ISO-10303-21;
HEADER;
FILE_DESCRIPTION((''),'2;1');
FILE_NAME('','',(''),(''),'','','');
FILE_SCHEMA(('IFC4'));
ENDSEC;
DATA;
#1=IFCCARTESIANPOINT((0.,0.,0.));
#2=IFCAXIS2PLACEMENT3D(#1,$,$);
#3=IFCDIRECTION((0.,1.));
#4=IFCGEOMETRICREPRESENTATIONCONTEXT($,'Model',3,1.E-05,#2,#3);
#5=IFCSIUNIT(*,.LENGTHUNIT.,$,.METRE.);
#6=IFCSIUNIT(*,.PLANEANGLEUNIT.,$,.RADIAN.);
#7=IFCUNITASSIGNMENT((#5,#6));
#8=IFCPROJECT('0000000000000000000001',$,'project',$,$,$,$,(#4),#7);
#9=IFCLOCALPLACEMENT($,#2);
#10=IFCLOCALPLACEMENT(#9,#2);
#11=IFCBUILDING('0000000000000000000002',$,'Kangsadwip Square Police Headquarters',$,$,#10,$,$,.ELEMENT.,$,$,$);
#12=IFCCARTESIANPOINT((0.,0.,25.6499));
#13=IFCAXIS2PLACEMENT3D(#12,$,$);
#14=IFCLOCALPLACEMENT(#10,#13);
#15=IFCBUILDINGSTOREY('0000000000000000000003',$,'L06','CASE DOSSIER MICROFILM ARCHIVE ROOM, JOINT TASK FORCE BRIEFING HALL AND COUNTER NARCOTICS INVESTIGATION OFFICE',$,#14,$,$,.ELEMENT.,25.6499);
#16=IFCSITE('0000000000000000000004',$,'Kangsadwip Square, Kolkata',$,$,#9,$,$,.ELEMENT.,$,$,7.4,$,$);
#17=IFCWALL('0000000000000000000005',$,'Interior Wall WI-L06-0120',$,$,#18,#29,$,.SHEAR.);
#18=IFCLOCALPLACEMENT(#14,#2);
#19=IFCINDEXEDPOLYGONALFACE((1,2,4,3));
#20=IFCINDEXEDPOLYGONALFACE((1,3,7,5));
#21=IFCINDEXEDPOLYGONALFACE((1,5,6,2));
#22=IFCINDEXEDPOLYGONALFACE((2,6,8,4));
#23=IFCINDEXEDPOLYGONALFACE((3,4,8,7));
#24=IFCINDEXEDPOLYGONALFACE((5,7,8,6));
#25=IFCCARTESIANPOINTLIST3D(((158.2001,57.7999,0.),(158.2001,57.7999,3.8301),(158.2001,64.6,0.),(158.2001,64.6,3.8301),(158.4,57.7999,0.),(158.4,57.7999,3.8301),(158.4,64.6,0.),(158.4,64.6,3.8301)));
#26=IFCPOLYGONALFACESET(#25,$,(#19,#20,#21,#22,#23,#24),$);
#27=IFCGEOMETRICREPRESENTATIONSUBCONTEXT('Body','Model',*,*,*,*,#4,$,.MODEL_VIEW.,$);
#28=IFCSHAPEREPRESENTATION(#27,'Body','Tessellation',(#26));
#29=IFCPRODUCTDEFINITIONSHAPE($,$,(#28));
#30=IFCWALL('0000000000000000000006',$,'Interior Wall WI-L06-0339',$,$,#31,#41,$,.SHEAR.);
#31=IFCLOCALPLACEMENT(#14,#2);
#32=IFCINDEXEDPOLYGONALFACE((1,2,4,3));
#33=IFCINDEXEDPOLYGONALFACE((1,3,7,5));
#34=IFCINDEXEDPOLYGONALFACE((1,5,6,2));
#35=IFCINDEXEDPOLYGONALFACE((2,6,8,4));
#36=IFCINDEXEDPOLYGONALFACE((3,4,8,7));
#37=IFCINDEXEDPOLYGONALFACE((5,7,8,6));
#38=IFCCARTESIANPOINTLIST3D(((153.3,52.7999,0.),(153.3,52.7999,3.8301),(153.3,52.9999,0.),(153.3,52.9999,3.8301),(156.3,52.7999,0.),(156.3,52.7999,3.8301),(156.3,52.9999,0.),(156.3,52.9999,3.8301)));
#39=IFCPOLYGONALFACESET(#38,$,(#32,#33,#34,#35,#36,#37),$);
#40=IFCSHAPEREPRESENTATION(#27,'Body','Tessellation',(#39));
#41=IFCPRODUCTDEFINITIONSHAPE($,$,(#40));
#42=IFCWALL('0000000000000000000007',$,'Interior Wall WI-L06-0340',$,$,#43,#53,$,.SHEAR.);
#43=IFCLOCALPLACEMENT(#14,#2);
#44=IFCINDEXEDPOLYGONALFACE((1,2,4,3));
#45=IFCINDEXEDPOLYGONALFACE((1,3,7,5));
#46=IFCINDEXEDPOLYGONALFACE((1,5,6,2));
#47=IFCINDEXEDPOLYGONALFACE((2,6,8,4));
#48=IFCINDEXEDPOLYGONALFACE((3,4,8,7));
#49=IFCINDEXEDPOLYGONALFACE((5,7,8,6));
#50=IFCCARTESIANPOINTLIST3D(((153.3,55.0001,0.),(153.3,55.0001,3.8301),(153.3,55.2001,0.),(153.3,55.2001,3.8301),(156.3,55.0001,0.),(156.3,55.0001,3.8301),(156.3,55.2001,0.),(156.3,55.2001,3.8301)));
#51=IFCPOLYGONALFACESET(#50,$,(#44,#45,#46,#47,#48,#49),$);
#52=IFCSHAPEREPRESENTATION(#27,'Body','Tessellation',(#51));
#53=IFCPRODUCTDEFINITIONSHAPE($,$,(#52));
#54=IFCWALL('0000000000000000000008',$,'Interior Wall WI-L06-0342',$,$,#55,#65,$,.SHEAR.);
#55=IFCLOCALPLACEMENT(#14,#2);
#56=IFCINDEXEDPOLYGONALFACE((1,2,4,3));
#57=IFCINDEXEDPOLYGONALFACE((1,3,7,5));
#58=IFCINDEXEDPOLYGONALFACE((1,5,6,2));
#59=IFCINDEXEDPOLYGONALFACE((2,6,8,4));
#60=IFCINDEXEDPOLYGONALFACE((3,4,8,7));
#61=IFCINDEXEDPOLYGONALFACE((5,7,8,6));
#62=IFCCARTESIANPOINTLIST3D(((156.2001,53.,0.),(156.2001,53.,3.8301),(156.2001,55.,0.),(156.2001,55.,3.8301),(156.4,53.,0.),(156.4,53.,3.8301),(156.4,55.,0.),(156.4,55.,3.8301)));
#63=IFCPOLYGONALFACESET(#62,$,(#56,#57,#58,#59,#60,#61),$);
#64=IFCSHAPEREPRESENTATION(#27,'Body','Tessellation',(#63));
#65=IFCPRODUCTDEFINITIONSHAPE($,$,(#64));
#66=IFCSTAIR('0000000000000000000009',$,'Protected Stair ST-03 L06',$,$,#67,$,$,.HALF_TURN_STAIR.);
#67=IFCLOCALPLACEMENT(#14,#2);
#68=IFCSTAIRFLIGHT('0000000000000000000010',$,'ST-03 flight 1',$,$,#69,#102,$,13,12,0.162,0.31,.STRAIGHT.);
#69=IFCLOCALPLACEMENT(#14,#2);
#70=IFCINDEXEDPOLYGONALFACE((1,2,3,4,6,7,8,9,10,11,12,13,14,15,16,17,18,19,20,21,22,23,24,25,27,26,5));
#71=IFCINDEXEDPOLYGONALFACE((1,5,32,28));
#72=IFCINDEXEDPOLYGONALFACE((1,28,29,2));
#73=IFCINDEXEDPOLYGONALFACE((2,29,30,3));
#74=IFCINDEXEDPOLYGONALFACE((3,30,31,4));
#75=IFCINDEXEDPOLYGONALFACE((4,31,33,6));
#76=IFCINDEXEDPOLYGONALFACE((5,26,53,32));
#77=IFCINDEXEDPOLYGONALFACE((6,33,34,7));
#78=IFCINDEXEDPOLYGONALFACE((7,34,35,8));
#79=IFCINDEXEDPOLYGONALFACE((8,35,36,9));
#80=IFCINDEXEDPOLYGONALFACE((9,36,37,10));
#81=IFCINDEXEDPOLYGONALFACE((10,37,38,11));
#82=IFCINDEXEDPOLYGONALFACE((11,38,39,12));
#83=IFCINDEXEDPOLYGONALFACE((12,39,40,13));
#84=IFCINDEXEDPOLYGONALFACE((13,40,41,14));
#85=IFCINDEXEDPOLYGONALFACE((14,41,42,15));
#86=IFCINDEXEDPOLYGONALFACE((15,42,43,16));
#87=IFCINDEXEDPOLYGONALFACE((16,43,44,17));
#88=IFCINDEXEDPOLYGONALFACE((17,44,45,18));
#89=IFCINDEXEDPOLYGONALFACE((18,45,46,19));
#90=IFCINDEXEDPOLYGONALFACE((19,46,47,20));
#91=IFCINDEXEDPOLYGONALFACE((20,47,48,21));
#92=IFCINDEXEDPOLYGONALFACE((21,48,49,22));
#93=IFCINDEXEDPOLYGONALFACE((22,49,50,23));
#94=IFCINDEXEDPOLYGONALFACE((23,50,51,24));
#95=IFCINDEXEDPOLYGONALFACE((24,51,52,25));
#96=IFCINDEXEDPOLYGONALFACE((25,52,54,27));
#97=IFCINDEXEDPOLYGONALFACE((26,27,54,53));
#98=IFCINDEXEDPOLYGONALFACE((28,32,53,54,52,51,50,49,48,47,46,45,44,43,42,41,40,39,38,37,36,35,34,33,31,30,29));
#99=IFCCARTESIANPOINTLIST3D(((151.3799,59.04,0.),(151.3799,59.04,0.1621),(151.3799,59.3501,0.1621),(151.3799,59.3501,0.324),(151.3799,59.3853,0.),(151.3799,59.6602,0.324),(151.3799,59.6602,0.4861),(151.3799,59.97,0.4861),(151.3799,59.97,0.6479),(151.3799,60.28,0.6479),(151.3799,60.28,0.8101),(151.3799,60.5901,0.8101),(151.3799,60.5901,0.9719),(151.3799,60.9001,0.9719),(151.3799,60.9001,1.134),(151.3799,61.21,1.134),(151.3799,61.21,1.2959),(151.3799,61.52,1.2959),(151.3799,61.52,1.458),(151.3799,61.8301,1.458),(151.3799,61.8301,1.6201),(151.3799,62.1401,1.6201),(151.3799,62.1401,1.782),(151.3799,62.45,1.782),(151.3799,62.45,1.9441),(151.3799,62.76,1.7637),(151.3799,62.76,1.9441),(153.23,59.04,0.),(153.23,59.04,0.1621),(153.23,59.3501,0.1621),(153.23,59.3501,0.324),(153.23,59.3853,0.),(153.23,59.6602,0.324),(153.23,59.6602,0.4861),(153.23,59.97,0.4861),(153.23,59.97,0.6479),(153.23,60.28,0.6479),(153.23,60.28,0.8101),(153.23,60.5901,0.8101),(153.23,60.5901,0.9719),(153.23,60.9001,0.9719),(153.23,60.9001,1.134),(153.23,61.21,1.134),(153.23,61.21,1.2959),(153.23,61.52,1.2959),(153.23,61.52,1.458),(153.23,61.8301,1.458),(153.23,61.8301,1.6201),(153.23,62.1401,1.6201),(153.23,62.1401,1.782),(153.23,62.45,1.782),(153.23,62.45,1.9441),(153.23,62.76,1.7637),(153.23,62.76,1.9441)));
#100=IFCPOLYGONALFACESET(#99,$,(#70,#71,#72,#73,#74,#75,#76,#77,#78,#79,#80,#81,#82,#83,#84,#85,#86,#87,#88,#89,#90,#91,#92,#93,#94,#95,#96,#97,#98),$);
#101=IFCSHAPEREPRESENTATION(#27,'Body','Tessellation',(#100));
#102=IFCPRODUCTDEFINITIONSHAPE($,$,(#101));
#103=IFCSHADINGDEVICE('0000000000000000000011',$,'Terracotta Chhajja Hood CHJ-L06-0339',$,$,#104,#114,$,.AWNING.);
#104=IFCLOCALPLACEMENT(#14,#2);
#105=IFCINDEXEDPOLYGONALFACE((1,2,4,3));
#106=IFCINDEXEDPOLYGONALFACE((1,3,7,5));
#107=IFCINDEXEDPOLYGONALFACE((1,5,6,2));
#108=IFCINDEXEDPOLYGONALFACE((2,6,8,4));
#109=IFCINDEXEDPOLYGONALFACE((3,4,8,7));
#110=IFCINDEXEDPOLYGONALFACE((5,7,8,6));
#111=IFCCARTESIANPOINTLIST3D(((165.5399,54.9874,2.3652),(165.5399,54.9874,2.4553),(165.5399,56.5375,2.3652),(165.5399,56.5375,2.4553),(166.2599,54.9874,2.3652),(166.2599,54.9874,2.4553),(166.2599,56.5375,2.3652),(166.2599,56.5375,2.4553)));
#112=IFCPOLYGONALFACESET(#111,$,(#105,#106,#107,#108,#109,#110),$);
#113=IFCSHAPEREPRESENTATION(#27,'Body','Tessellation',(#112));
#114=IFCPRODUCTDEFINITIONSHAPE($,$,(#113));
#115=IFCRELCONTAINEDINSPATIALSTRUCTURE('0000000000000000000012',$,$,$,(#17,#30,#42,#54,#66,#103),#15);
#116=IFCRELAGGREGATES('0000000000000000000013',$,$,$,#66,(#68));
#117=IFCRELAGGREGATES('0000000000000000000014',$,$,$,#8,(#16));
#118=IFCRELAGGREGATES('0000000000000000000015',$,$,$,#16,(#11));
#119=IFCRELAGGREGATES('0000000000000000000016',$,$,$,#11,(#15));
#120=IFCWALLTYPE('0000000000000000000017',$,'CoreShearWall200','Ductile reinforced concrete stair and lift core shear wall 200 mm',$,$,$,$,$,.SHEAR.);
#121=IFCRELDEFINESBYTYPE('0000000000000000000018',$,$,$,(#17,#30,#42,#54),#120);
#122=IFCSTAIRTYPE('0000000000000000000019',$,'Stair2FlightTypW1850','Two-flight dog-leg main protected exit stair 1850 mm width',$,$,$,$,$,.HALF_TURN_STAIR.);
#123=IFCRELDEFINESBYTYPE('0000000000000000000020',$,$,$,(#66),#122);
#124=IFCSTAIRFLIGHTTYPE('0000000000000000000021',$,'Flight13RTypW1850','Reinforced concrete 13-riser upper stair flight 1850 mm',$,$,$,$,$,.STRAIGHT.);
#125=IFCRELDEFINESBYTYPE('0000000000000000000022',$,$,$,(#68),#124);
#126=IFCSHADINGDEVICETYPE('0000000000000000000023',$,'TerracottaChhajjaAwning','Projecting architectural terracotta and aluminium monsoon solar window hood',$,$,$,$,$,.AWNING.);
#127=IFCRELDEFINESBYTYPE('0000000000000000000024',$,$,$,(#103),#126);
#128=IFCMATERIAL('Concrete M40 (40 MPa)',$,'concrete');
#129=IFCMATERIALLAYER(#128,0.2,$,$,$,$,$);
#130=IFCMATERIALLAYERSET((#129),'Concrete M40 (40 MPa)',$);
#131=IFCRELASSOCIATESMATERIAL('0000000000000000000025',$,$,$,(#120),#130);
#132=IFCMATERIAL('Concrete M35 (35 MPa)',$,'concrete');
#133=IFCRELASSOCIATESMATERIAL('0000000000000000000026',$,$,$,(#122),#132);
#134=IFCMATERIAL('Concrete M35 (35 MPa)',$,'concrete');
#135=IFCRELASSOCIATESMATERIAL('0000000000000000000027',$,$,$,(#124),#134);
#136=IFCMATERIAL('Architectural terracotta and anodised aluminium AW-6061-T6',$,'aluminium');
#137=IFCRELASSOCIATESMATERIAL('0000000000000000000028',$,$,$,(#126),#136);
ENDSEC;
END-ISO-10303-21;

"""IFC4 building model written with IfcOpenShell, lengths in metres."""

from ifc_helpers import new_model, si_unit, direction, frame, frame_2d, origin, origin_2d, place, context, subcontext, project, spatial, polyline, rectangle, outline, extrude, material, layer, layer_set, type_object, element, aggregate, save


model = new_model("IFC4")

# Units and contexts
model_context = context("Model", 3, precision=1e-05, world=origin(), true_north=direction((0.0, 1.0)))
body_context = subcontext(model_context, "Body", "Model", "MODEL_VIEW")
ifc_project = project(units=[si_unit("LENGTHUNIT", "METRE"), si_unit("PLANEANGLEUNIT", "RADIAN")], contexts=[model_context])

# Site, building, storey
site_placement = place(None, origin())
site = spatial("IfcSite", under=ifc_project, at=site_placement, Name="Kangsadwip Square, Kolkata", CompositionType="ELEMENT", RefElevation=7.4)
building_placement = place(site_placement, origin())
building = spatial("IfcBuilding", under=site, at=building_placement, Name="Kangsadwip Square Police Headquarters", CompositionType="ELEMENT")
storey_placement = place(building_placement, frame((0.0, 0.0, 25.6499)))
storey = spatial("IfcBuildingStorey", under=building, at=storey_placement, Name="L06", Description="CASE DOSSIER MICROFILM ARCHIVE ROOM, JOINT TASK FORCE BRIEFING HALL AND COUNTER NARCOTICS INVESTIGATION OFFICE", CompositionType="ELEMENT", Elevation=25.6499)

# Walls
ifc_material_1 = material(Name="Concrete M40 (40 MPa)", Category="concrete")
ifc_layer_1 = layer(ifc_material_1, 0.2)
ifc_layer_set_1 = layer_set([ifc_layer_1], Name="Concrete M40 (40 MPa)")
wall_type_1 = type_object("IfcWallType", Name="CoreShearWall200", Description="Ductile reinforced concrete stair and lift core shear wall 200 mm", PredefinedType="SHEAR", material=ifc_layer_set_1)
wall_1_placement = place(storey_placement, frame((158.3, 57.8, 0.0), z_axis=(0.0, 0.0, 1.0), x_axis=(0.0, 1.0, 0.0)))
element("IfcWall", 1, at=wall_1_placement, inside=storey, type_object=wall_type_1, Name="Interior Wall WI-L06-0120", PredefinedType="SHEAR", context=body_context, shape_type="SweptSolid", body=[
    extrude(rectangle(XDim=6.8, YDim=0.2, at=frame_2d((3.3999, 0.0))), origin(), (0.0, 0.0, 1.0), 3.8301),
])
for number, where, z_axis, x_axis, name in (
    (2, (153.3, 52.8999, 0.0), (0.0, 0.0, 1.0), (1.0, 0.0, 0.0), "Interior Wall WI-L06-0339"),
    (3, (153.3, 55.1001, 0.0), (0.0, 0.0, 1.0), (1.0, 0.0, 0.0), "Interior Wall WI-L06-0340"),
):
    element("IfcWall", number, at=place(storey_placement, frame(where, z_axis=z_axis, x_axis=x_axis)), inside=storey, type_object=wall_type_1, Name=name, PredefinedType="SHEAR", context=body_context, shape_type="SweptSolid", body=[
        extrude(rectangle(XDim=3.0, YDim=0.2, at=frame_2d((1.5, 0.0))), origin(), (0.0, 0.0, 1.0), 3.8301),
    ])

# Wall
wall_2_placement = place(storey_placement, frame((156.3, 53.0, 0.0), z_axis=(0.0, 0.0, 1.0), x_axis=(0.0, 1.0, 0.0)))
element("IfcWall", 4, at=wall_2_placement, inside=storey, type_object=wall_type_1, Name="Interior Wall WI-L06-0342", PredefinedType="SHEAR", context=body_context, shape_type="SweptSolid", body=[
    extrude(rectangle(XDim=2.0, YDim=0.2, at=frame_2d((1.0, 0.0))), origin(), (0.0, 0.0, 1.0), 3.8301),
])

# Stair, stair flight
ifc_material_2 = material(Name="Concrete M35 (35 MPa)", Category="concrete")
stair_type = type_object("IfcStairType", Name="Stair2FlightTypW1850", Description="Two-flight dog-leg main protected exit stair 1850 mm width", PredefinedType="HALF_TURN_STAIR", material=ifc_material_2)
stair_placement = place(storey_placement, origin())
stair = element("IfcStair", 5, at=stair_placement, inside=storey, type_object=stair_type, Name="Protected Stair ST-03 L06", PredefinedType="HALF_TURN_STAIR")
ifc_material_3 = material(Name="Concrete M35 (35 MPa)", Category="concrete")
stair_flight_type = type_object("IfcStairFlightType", Name="Flight13RTypW1850", Description="Reinforced concrete 13-riser upper stair flight 1850 mm", PredefinedType="STRAIGHT", material=ifc_material_3)
stair_flight_placement = place(storey_placement, frame((152.3049, 59.04, 0.0), z_axis=(0.0, 0.0, 1.0), x_axis=(0.0, 1.0, 0.0)))
stair_flight = element("IfcStairFlight", 6, at=stair_flight_placement, type_object=stair_flight_type, Name="ST-03 flight 1", NumberOfRisers=13, NumberOfTreads=12, PredefinedType="STRAIGHT", RiserHeight=0.162, TreadLength=0.31, context=body_context, shape_type="SweptSolid", body=[
    extrude(outline(polyline([(0.0, 0.0), (0.0, 0.1621), (0.3101, 0.1621), (0.3101, 0.324), (0.6201, 0.324), (0.6201, 0.4861), (0.9299, 0.4861), (0.9299, 0.6479), (1.24, 0.6479), (1.24, 0.8101), (1.55, 0.8101), (1.55, 0.9719), (1.8601, 0.9719), (1.8601, 1.134), (2.1699, 1.134), (2.1699, 1.2959), (2.48, 1.2959), (2.48, 1.458), (2.79, 1.458), (2.79, 1.6201), (3.1001, 1.6201), (3.1001, 1.782), (3.4099, 1.782), (3.4099, 1.9441), (3.72, 1.9441), (3.72, 2.106), (3.72, 1.7637), (0.3452, 0.0), (0.0, 0.0)])), frame((0.0, 0.925, 0.0), z_axis=(0.0, -1.0, 0.0), x_axis=(1.0, 0.0, 0.0)), (0.0, 0.0, 1.0), 1.8501),
])
aggregate(stair, [stair_flight])

# Shading device
ifc_material_4 = material(Name="Architectural terracotta and anodised aluminium AW-6061-T6", Category="aluminium")
shading_device_type = type_object("IfcShadingDeviceType", Name="TerracottaChhajjaAwning", Description="Projecting architectural terracotta and aluminium monsoon solar window hood", PredefinedType="AWNING", material=ifc_material_4)
shading_device_placement = place(storey_placement, frame((165.8999, 55.7625, 2.3652), z_axis=(0.0, 0.0, 1.0), x_axis=(0.0, 1.0, 0.0)))
element("IfcShadingDevice", 7, at=shading_device_placement, inside=storey, type_object=shading_device_type, Name="Terracotta Chhajja Hood CHJ-L06-0339", PredefinedType="AWNING", context=body_context, shape_type="SweptSolid", body=[
    extrude(rectangle(XDim=1.55, YDim=0.72, at=origin_2d()), origin(), (0.0, 0.0, 1.0), 0.0901),
])

save(model, "model.ifc")
